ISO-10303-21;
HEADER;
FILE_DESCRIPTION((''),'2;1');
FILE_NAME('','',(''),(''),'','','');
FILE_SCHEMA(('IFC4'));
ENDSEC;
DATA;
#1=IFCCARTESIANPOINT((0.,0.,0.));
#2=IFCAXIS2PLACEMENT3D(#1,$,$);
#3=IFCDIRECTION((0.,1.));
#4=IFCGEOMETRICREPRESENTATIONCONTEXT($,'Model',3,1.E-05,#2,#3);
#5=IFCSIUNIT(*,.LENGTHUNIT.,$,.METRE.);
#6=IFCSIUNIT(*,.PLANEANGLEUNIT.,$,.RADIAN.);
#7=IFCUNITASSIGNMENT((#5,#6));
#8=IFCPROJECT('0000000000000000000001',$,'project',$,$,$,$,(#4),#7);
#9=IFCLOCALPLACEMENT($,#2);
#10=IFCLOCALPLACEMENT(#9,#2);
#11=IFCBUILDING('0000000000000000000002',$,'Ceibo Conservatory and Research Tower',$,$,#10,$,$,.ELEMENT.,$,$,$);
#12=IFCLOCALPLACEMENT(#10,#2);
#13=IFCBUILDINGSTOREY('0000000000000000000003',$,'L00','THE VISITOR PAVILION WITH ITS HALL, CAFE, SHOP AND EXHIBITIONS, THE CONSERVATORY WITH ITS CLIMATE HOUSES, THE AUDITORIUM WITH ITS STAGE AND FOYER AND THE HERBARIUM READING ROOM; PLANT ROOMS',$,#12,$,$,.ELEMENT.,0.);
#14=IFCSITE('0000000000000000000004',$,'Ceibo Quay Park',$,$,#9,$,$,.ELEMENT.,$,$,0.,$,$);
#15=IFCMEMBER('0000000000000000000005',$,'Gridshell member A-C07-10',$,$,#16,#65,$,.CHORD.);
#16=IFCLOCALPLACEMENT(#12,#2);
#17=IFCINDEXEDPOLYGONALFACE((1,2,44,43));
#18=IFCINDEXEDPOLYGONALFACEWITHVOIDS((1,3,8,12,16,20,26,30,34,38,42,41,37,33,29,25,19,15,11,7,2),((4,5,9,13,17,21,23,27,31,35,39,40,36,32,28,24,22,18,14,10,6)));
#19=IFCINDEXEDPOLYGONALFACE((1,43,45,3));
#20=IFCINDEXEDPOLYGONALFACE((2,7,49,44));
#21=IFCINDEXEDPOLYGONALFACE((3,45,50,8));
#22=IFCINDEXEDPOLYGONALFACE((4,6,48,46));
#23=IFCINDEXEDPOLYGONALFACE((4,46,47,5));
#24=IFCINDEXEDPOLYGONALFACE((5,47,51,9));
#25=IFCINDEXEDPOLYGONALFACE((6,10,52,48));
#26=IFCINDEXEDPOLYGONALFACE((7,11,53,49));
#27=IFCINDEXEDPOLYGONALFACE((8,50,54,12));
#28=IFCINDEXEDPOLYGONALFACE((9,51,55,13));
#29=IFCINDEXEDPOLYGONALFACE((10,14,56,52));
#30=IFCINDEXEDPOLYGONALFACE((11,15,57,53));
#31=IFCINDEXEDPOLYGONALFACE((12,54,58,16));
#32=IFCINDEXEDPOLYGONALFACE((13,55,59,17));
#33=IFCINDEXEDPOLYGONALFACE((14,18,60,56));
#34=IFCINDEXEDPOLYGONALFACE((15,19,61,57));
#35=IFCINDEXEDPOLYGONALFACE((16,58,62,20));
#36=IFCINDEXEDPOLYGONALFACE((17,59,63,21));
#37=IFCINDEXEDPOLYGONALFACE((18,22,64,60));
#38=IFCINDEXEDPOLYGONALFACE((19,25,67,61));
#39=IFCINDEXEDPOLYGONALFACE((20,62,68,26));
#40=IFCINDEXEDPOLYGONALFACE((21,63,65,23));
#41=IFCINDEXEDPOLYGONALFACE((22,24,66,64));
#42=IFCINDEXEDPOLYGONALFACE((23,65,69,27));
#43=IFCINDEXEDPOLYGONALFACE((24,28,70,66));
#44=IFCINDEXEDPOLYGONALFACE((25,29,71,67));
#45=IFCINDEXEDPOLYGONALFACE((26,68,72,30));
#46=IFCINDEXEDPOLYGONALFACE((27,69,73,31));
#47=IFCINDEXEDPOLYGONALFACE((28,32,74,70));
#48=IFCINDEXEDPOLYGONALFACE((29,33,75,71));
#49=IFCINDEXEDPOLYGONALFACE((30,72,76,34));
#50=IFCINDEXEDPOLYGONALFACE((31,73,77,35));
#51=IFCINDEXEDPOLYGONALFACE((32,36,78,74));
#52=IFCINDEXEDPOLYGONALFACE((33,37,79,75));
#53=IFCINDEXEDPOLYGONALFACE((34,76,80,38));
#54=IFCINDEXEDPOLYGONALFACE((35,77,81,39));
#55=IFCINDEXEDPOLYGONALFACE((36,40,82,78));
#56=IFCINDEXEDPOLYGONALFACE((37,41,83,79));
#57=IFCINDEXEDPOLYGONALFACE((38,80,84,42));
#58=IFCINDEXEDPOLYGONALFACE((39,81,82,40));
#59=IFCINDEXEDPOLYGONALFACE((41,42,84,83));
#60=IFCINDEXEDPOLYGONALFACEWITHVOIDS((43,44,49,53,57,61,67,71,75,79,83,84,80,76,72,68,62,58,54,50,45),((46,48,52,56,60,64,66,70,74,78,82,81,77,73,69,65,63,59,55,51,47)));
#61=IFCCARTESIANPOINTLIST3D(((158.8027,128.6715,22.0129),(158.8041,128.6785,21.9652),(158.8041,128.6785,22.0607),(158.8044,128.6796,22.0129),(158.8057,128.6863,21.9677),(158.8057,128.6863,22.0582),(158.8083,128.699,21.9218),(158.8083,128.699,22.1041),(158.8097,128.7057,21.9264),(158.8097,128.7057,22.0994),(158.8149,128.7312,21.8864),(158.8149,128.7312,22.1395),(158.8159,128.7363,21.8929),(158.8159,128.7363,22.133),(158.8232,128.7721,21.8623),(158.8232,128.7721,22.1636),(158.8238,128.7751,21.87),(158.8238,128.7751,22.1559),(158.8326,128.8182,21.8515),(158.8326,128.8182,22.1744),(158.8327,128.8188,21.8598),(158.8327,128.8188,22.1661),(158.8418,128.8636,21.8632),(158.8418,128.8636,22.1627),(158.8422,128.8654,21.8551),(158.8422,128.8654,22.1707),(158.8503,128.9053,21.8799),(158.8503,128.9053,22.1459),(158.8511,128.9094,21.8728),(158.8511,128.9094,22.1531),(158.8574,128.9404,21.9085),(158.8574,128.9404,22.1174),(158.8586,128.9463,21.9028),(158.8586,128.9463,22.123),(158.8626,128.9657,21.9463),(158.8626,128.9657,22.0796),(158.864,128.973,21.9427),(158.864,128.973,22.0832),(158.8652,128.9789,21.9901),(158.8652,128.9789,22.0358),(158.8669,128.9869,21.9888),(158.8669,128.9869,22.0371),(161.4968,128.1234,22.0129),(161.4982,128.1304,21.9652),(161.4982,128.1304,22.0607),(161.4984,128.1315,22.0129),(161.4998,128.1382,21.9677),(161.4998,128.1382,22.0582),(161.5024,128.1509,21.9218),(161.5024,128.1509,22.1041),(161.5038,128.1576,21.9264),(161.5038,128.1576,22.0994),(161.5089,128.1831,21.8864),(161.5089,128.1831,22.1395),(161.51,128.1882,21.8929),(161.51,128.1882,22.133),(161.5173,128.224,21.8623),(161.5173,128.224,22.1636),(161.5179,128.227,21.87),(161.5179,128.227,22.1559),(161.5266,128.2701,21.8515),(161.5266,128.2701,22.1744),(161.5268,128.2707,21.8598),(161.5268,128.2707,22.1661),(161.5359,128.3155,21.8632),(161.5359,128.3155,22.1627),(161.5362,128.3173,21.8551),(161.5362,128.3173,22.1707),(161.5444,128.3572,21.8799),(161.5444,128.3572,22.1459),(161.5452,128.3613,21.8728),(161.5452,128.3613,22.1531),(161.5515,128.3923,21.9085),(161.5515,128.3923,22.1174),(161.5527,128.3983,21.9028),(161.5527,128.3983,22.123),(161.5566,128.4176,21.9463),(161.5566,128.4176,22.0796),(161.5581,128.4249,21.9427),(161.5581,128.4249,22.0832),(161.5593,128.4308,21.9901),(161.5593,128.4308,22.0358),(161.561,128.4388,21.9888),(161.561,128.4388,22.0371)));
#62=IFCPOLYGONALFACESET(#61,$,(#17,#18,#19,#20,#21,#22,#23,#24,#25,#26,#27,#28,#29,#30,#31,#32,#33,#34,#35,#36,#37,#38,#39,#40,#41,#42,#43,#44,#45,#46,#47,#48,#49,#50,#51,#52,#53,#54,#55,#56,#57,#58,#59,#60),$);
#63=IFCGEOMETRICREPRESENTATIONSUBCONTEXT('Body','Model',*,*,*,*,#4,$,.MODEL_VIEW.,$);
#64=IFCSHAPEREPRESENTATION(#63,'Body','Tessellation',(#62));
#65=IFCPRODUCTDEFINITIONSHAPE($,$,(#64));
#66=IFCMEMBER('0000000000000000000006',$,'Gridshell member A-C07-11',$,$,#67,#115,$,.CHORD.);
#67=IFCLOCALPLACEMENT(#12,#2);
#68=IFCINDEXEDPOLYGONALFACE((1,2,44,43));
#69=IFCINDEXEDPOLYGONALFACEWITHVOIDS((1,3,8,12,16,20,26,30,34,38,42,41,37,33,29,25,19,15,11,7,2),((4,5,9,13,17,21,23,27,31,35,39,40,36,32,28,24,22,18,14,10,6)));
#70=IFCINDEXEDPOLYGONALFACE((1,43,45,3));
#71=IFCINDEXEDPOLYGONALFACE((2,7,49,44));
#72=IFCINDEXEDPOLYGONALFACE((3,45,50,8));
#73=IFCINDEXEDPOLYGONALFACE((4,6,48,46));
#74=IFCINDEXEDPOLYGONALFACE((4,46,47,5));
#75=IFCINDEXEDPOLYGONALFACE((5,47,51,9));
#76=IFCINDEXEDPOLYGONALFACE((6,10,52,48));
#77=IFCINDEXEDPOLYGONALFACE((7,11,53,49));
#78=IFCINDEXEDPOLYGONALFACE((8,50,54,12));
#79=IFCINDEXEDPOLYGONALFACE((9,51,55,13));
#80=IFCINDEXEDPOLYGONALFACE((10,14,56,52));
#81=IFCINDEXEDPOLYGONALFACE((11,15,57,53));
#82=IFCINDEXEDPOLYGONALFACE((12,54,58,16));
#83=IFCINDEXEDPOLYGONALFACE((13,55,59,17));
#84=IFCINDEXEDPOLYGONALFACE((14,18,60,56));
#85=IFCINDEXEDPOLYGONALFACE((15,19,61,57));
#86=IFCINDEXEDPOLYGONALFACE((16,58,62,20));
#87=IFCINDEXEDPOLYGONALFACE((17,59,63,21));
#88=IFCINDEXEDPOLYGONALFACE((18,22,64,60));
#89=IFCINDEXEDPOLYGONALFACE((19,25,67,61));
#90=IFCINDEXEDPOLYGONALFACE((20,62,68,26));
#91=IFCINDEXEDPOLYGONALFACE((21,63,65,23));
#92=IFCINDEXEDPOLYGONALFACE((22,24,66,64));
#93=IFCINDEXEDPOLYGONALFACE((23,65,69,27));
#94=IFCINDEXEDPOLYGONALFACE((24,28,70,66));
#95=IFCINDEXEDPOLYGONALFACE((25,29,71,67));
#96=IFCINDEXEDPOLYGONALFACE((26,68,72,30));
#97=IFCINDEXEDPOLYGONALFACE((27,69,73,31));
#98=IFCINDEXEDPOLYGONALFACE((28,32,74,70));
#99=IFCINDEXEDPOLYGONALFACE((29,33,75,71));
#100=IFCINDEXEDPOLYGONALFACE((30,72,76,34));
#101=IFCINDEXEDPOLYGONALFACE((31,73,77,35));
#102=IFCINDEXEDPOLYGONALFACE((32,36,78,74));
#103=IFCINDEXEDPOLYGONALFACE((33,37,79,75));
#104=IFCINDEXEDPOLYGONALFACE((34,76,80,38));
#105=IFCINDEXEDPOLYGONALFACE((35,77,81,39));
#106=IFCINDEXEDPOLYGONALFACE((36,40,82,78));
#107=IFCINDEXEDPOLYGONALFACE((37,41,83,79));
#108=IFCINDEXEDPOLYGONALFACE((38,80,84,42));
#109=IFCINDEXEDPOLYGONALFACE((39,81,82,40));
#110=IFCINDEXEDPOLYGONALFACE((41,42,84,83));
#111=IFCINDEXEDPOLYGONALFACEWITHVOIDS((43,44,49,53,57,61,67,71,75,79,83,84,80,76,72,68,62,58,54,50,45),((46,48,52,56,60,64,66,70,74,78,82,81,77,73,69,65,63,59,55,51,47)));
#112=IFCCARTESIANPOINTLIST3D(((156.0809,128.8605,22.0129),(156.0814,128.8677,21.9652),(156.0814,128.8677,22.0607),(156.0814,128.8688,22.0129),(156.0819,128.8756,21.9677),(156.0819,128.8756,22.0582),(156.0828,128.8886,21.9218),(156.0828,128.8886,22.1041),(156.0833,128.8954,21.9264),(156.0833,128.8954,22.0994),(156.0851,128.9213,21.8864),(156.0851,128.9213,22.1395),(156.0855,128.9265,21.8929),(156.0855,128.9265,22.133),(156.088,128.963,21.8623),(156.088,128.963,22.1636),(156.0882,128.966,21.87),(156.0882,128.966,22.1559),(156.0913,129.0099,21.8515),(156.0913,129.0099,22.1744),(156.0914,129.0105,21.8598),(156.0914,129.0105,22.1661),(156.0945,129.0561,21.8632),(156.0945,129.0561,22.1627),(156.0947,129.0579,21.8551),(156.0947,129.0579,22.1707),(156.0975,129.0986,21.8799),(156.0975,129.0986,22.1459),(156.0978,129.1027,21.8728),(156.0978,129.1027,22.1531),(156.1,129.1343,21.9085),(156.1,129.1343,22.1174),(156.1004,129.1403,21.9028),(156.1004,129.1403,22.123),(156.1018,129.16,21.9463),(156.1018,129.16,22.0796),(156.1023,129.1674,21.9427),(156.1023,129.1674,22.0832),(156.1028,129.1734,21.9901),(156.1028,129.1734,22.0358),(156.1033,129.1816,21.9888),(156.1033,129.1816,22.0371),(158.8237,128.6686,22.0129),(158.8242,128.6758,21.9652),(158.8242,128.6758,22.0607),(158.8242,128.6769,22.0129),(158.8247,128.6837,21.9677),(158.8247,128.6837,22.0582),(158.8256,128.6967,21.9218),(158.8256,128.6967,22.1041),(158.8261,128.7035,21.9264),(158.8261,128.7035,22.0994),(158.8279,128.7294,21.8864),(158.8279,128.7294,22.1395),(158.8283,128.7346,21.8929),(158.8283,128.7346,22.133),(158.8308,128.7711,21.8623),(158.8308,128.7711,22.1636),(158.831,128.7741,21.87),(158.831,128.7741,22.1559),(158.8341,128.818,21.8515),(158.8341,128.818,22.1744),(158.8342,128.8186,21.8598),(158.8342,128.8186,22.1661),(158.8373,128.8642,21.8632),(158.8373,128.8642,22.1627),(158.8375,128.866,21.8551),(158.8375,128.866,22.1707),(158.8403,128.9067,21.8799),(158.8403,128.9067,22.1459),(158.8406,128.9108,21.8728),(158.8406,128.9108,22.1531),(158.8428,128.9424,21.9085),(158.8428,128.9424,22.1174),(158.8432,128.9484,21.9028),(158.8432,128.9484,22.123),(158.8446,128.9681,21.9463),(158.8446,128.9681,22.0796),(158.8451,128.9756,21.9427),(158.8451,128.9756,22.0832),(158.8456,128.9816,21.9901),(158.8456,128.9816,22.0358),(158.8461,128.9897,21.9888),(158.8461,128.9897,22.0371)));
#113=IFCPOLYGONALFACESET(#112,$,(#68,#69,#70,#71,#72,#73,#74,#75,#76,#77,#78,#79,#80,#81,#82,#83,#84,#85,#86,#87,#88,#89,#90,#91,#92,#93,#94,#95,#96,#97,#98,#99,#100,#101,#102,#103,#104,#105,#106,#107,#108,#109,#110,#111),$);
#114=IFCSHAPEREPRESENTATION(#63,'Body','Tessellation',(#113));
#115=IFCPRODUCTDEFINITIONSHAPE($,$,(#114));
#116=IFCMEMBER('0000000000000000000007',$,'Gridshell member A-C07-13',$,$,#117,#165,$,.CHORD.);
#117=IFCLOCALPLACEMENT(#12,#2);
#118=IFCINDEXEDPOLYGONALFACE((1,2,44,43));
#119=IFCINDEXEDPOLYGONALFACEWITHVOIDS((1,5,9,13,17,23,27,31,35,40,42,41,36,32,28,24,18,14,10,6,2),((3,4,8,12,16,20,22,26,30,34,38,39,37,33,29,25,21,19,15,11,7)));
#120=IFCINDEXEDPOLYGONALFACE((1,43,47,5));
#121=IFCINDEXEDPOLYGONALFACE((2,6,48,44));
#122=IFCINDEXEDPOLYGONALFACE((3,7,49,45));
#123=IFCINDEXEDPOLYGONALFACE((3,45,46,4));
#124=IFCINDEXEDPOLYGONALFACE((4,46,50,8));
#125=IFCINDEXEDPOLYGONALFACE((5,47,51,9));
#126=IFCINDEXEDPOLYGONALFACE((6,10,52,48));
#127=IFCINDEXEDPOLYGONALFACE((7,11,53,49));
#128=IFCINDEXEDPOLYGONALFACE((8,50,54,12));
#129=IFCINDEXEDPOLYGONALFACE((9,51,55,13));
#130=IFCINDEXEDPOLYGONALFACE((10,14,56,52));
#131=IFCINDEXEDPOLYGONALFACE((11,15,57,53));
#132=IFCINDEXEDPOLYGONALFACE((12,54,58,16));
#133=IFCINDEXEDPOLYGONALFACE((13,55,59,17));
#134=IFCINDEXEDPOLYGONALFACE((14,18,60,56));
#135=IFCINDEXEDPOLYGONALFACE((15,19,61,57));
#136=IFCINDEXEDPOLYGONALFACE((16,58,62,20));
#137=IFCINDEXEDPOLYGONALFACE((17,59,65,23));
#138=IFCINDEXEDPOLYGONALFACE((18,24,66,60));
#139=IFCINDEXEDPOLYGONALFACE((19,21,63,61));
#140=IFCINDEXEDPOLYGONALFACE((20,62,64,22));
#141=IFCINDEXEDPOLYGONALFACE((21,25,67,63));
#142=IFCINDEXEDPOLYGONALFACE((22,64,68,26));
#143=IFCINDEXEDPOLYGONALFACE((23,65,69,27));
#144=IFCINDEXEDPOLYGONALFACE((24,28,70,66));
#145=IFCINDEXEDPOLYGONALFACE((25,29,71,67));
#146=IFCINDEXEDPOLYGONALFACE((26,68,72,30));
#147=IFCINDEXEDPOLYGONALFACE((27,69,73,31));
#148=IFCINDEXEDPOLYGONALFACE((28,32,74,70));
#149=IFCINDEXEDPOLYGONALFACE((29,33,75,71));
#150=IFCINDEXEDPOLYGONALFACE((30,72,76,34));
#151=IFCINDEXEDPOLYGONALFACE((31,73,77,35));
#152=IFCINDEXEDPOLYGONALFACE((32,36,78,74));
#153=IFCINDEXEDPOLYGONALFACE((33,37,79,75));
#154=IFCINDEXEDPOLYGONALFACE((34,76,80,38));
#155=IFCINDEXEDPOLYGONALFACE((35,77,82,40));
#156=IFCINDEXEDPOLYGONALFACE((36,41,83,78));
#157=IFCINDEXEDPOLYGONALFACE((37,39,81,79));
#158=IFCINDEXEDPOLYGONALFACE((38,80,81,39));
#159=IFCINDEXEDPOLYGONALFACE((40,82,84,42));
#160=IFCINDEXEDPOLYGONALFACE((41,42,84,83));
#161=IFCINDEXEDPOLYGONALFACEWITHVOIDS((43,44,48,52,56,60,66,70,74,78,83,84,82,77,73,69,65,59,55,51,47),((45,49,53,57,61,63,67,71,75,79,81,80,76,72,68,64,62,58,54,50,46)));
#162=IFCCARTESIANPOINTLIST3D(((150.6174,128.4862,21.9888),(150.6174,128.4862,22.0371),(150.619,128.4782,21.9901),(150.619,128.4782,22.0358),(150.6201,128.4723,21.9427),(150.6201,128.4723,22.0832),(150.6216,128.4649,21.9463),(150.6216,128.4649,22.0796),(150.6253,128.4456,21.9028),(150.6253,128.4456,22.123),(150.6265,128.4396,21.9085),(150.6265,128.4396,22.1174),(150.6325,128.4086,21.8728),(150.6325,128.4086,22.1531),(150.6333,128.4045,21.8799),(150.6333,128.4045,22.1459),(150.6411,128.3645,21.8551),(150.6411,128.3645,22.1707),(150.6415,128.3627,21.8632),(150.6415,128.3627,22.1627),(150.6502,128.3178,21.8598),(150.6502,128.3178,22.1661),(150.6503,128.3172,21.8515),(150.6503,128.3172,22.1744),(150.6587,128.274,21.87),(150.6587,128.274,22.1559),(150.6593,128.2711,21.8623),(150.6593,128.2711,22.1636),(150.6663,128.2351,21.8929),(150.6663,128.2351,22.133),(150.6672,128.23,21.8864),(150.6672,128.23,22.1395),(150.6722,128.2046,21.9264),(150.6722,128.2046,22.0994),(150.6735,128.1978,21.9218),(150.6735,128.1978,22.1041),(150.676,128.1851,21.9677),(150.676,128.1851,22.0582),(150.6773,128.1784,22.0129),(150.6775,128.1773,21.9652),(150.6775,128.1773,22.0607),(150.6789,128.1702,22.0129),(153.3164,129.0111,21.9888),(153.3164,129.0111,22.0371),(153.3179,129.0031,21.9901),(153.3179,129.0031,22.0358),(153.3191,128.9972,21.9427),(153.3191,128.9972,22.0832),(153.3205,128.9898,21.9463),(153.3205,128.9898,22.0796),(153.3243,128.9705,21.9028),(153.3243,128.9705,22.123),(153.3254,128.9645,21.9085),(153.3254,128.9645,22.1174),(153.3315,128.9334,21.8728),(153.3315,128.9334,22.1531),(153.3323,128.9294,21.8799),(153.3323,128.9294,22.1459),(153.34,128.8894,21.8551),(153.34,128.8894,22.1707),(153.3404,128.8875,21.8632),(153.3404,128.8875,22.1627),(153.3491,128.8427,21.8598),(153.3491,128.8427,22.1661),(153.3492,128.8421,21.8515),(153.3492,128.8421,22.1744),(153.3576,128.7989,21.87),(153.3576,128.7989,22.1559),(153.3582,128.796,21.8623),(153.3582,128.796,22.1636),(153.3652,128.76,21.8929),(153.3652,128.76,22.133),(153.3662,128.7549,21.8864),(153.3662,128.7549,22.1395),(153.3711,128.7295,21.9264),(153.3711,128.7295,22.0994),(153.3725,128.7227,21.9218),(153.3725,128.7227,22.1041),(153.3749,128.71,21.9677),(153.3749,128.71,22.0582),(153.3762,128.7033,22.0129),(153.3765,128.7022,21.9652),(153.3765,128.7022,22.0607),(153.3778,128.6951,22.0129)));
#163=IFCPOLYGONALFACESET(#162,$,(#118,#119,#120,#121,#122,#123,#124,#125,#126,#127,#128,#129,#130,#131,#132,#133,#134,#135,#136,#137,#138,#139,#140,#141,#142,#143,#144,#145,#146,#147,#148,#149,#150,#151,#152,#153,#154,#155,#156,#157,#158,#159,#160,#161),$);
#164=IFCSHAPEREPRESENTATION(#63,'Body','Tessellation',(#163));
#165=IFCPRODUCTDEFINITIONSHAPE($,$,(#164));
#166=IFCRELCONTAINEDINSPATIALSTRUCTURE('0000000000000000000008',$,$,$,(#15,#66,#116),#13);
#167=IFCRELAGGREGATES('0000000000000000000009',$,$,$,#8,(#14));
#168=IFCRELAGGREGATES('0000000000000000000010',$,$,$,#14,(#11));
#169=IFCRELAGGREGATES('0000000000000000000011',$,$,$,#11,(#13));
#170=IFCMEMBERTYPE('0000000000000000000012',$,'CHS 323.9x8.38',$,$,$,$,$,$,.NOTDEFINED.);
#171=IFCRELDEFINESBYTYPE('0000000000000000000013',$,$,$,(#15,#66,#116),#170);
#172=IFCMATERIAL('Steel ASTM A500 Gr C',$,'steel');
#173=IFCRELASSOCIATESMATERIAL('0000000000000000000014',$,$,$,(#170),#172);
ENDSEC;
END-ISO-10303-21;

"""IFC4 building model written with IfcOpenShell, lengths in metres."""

from ifc_helpers import new_model, si_unit, direction, frame, origin, origin_2d, place, context, subcontext, project, spatial, hollow_circle, extrude, material, material_profile, profile_set, type_object, element, save


model = new_model("IFC4")

# Units and contexts
model_context = context("Model", 3, precision=1e-05, world=origin(), true_north=direction((0.0, 1.0)))
body_context = subcontext(model_context, "Body", "Model", "MODEL_VIEW")
ifc_project = project(units=[si_unit("LENGTHUNIT", "METRE"), si_unit("PLANEANGLEUNIT", "RADIAN")], contexts=[model_context])

# Site, building, storey
site_placement = place(None, origin())
site = spatial("IfcSite", under=ifc_project, at=site_placement, Name="Ceibo Quay Park", CompositionType="ELEMENT", RefElevation=0.0)
building_placement = place(site_placement, origin())
building = spatial("IfcBuilding", under=site, at=building_placement, Name="Ceibo Conservatory and Research Tower", CompositionType="ELEMENT")
storey_placement = place(building_placement, origin())
storey = spatial("IfcBuildingStorey", under=building, at=storey_placement, Name="L00", Description="THE VISITOR PAVILION WITH ITS HALL, CAFE, SHOP AND EXHIBITIONS, THE CONSERVATORY WITH ITS CLIMATE HOUSES, THE AUDITORIUM WITH ITS STAGE AND FOYER AND THE HERBARIUM READING ROOM; PLANT ROOMS", CompositionType="ELEMENT", Elevation=0.0)

# Members
ifc_material_1 = material(Name="Steel ASTM A500 Gr C", Category="steel")
ifc_material_profile_1 = material_profile(ifc_material_1, hollow_circle(Radius=0.1619, WallThickness=0.0083, at=origin_2d()), Name="CHS 323.9x8.38")
ifc_profile_set_1 = profile_set([ifc_material_profile_1], Name="Steel ASTM A500 Gr C")
member_type_1 = type_object("IfcMemberType", Name="CHS 323.9x8.38", PredefinedType="NOTDEFINED", material=ifc_profile_set_1)
member_1_placement = place(storey_placement, frame((161.5291, 128.282, 22.0129), z_axis=(-0.979926, 0.19936, 0.0), x_axis=(-0.19936, -0.979926, 0.0)))
element("IfcMember", 1, at=member_1_placement, inside=storey, type_object=member_type_1, Name="Gridshell member A-C07-10", PredefinedType="CHORD", context=body_context, shape_type="SweptSolid", body=[
    extrude(hollow_circle(Radius=0.1619, WallThickness=0.0083, at=origin_2d()), origin(), (0.0, 0.0, 1.0), 2.7493),
])
for number, where, z_axis, x_axis, name in (
    (2, (158.835, 128.8301, 22.0129), (-0.997562, 0.069789, 0.0), (-0.069789, -0.997562, 0.0), "Gridshell member A-C07-11"),
    (3, (153.3469, 128.854, 22.0129), (-0.981608, -0.190905, 0.0), (0.190905, -0.981608, 0.0), "Gridshell member A-C07-13"),
):
    element("IfcMember", number, at=place(storey_placement, frame(where, z_axis=z_axis, x_axis=x_axis)), inside=storey, type_object=member_type_1, Name=name, PredefinedType="CHORD", context=body_context, shape_type="SweptSolid", body=[
        extrude(hollow_circle(Radius=0.1619, WallThickness=0.0083, at=origin_2d()), origin(), (0.0, 0.0, 1.0), 2.7495),
    ])

save(model, "model.ifc")
